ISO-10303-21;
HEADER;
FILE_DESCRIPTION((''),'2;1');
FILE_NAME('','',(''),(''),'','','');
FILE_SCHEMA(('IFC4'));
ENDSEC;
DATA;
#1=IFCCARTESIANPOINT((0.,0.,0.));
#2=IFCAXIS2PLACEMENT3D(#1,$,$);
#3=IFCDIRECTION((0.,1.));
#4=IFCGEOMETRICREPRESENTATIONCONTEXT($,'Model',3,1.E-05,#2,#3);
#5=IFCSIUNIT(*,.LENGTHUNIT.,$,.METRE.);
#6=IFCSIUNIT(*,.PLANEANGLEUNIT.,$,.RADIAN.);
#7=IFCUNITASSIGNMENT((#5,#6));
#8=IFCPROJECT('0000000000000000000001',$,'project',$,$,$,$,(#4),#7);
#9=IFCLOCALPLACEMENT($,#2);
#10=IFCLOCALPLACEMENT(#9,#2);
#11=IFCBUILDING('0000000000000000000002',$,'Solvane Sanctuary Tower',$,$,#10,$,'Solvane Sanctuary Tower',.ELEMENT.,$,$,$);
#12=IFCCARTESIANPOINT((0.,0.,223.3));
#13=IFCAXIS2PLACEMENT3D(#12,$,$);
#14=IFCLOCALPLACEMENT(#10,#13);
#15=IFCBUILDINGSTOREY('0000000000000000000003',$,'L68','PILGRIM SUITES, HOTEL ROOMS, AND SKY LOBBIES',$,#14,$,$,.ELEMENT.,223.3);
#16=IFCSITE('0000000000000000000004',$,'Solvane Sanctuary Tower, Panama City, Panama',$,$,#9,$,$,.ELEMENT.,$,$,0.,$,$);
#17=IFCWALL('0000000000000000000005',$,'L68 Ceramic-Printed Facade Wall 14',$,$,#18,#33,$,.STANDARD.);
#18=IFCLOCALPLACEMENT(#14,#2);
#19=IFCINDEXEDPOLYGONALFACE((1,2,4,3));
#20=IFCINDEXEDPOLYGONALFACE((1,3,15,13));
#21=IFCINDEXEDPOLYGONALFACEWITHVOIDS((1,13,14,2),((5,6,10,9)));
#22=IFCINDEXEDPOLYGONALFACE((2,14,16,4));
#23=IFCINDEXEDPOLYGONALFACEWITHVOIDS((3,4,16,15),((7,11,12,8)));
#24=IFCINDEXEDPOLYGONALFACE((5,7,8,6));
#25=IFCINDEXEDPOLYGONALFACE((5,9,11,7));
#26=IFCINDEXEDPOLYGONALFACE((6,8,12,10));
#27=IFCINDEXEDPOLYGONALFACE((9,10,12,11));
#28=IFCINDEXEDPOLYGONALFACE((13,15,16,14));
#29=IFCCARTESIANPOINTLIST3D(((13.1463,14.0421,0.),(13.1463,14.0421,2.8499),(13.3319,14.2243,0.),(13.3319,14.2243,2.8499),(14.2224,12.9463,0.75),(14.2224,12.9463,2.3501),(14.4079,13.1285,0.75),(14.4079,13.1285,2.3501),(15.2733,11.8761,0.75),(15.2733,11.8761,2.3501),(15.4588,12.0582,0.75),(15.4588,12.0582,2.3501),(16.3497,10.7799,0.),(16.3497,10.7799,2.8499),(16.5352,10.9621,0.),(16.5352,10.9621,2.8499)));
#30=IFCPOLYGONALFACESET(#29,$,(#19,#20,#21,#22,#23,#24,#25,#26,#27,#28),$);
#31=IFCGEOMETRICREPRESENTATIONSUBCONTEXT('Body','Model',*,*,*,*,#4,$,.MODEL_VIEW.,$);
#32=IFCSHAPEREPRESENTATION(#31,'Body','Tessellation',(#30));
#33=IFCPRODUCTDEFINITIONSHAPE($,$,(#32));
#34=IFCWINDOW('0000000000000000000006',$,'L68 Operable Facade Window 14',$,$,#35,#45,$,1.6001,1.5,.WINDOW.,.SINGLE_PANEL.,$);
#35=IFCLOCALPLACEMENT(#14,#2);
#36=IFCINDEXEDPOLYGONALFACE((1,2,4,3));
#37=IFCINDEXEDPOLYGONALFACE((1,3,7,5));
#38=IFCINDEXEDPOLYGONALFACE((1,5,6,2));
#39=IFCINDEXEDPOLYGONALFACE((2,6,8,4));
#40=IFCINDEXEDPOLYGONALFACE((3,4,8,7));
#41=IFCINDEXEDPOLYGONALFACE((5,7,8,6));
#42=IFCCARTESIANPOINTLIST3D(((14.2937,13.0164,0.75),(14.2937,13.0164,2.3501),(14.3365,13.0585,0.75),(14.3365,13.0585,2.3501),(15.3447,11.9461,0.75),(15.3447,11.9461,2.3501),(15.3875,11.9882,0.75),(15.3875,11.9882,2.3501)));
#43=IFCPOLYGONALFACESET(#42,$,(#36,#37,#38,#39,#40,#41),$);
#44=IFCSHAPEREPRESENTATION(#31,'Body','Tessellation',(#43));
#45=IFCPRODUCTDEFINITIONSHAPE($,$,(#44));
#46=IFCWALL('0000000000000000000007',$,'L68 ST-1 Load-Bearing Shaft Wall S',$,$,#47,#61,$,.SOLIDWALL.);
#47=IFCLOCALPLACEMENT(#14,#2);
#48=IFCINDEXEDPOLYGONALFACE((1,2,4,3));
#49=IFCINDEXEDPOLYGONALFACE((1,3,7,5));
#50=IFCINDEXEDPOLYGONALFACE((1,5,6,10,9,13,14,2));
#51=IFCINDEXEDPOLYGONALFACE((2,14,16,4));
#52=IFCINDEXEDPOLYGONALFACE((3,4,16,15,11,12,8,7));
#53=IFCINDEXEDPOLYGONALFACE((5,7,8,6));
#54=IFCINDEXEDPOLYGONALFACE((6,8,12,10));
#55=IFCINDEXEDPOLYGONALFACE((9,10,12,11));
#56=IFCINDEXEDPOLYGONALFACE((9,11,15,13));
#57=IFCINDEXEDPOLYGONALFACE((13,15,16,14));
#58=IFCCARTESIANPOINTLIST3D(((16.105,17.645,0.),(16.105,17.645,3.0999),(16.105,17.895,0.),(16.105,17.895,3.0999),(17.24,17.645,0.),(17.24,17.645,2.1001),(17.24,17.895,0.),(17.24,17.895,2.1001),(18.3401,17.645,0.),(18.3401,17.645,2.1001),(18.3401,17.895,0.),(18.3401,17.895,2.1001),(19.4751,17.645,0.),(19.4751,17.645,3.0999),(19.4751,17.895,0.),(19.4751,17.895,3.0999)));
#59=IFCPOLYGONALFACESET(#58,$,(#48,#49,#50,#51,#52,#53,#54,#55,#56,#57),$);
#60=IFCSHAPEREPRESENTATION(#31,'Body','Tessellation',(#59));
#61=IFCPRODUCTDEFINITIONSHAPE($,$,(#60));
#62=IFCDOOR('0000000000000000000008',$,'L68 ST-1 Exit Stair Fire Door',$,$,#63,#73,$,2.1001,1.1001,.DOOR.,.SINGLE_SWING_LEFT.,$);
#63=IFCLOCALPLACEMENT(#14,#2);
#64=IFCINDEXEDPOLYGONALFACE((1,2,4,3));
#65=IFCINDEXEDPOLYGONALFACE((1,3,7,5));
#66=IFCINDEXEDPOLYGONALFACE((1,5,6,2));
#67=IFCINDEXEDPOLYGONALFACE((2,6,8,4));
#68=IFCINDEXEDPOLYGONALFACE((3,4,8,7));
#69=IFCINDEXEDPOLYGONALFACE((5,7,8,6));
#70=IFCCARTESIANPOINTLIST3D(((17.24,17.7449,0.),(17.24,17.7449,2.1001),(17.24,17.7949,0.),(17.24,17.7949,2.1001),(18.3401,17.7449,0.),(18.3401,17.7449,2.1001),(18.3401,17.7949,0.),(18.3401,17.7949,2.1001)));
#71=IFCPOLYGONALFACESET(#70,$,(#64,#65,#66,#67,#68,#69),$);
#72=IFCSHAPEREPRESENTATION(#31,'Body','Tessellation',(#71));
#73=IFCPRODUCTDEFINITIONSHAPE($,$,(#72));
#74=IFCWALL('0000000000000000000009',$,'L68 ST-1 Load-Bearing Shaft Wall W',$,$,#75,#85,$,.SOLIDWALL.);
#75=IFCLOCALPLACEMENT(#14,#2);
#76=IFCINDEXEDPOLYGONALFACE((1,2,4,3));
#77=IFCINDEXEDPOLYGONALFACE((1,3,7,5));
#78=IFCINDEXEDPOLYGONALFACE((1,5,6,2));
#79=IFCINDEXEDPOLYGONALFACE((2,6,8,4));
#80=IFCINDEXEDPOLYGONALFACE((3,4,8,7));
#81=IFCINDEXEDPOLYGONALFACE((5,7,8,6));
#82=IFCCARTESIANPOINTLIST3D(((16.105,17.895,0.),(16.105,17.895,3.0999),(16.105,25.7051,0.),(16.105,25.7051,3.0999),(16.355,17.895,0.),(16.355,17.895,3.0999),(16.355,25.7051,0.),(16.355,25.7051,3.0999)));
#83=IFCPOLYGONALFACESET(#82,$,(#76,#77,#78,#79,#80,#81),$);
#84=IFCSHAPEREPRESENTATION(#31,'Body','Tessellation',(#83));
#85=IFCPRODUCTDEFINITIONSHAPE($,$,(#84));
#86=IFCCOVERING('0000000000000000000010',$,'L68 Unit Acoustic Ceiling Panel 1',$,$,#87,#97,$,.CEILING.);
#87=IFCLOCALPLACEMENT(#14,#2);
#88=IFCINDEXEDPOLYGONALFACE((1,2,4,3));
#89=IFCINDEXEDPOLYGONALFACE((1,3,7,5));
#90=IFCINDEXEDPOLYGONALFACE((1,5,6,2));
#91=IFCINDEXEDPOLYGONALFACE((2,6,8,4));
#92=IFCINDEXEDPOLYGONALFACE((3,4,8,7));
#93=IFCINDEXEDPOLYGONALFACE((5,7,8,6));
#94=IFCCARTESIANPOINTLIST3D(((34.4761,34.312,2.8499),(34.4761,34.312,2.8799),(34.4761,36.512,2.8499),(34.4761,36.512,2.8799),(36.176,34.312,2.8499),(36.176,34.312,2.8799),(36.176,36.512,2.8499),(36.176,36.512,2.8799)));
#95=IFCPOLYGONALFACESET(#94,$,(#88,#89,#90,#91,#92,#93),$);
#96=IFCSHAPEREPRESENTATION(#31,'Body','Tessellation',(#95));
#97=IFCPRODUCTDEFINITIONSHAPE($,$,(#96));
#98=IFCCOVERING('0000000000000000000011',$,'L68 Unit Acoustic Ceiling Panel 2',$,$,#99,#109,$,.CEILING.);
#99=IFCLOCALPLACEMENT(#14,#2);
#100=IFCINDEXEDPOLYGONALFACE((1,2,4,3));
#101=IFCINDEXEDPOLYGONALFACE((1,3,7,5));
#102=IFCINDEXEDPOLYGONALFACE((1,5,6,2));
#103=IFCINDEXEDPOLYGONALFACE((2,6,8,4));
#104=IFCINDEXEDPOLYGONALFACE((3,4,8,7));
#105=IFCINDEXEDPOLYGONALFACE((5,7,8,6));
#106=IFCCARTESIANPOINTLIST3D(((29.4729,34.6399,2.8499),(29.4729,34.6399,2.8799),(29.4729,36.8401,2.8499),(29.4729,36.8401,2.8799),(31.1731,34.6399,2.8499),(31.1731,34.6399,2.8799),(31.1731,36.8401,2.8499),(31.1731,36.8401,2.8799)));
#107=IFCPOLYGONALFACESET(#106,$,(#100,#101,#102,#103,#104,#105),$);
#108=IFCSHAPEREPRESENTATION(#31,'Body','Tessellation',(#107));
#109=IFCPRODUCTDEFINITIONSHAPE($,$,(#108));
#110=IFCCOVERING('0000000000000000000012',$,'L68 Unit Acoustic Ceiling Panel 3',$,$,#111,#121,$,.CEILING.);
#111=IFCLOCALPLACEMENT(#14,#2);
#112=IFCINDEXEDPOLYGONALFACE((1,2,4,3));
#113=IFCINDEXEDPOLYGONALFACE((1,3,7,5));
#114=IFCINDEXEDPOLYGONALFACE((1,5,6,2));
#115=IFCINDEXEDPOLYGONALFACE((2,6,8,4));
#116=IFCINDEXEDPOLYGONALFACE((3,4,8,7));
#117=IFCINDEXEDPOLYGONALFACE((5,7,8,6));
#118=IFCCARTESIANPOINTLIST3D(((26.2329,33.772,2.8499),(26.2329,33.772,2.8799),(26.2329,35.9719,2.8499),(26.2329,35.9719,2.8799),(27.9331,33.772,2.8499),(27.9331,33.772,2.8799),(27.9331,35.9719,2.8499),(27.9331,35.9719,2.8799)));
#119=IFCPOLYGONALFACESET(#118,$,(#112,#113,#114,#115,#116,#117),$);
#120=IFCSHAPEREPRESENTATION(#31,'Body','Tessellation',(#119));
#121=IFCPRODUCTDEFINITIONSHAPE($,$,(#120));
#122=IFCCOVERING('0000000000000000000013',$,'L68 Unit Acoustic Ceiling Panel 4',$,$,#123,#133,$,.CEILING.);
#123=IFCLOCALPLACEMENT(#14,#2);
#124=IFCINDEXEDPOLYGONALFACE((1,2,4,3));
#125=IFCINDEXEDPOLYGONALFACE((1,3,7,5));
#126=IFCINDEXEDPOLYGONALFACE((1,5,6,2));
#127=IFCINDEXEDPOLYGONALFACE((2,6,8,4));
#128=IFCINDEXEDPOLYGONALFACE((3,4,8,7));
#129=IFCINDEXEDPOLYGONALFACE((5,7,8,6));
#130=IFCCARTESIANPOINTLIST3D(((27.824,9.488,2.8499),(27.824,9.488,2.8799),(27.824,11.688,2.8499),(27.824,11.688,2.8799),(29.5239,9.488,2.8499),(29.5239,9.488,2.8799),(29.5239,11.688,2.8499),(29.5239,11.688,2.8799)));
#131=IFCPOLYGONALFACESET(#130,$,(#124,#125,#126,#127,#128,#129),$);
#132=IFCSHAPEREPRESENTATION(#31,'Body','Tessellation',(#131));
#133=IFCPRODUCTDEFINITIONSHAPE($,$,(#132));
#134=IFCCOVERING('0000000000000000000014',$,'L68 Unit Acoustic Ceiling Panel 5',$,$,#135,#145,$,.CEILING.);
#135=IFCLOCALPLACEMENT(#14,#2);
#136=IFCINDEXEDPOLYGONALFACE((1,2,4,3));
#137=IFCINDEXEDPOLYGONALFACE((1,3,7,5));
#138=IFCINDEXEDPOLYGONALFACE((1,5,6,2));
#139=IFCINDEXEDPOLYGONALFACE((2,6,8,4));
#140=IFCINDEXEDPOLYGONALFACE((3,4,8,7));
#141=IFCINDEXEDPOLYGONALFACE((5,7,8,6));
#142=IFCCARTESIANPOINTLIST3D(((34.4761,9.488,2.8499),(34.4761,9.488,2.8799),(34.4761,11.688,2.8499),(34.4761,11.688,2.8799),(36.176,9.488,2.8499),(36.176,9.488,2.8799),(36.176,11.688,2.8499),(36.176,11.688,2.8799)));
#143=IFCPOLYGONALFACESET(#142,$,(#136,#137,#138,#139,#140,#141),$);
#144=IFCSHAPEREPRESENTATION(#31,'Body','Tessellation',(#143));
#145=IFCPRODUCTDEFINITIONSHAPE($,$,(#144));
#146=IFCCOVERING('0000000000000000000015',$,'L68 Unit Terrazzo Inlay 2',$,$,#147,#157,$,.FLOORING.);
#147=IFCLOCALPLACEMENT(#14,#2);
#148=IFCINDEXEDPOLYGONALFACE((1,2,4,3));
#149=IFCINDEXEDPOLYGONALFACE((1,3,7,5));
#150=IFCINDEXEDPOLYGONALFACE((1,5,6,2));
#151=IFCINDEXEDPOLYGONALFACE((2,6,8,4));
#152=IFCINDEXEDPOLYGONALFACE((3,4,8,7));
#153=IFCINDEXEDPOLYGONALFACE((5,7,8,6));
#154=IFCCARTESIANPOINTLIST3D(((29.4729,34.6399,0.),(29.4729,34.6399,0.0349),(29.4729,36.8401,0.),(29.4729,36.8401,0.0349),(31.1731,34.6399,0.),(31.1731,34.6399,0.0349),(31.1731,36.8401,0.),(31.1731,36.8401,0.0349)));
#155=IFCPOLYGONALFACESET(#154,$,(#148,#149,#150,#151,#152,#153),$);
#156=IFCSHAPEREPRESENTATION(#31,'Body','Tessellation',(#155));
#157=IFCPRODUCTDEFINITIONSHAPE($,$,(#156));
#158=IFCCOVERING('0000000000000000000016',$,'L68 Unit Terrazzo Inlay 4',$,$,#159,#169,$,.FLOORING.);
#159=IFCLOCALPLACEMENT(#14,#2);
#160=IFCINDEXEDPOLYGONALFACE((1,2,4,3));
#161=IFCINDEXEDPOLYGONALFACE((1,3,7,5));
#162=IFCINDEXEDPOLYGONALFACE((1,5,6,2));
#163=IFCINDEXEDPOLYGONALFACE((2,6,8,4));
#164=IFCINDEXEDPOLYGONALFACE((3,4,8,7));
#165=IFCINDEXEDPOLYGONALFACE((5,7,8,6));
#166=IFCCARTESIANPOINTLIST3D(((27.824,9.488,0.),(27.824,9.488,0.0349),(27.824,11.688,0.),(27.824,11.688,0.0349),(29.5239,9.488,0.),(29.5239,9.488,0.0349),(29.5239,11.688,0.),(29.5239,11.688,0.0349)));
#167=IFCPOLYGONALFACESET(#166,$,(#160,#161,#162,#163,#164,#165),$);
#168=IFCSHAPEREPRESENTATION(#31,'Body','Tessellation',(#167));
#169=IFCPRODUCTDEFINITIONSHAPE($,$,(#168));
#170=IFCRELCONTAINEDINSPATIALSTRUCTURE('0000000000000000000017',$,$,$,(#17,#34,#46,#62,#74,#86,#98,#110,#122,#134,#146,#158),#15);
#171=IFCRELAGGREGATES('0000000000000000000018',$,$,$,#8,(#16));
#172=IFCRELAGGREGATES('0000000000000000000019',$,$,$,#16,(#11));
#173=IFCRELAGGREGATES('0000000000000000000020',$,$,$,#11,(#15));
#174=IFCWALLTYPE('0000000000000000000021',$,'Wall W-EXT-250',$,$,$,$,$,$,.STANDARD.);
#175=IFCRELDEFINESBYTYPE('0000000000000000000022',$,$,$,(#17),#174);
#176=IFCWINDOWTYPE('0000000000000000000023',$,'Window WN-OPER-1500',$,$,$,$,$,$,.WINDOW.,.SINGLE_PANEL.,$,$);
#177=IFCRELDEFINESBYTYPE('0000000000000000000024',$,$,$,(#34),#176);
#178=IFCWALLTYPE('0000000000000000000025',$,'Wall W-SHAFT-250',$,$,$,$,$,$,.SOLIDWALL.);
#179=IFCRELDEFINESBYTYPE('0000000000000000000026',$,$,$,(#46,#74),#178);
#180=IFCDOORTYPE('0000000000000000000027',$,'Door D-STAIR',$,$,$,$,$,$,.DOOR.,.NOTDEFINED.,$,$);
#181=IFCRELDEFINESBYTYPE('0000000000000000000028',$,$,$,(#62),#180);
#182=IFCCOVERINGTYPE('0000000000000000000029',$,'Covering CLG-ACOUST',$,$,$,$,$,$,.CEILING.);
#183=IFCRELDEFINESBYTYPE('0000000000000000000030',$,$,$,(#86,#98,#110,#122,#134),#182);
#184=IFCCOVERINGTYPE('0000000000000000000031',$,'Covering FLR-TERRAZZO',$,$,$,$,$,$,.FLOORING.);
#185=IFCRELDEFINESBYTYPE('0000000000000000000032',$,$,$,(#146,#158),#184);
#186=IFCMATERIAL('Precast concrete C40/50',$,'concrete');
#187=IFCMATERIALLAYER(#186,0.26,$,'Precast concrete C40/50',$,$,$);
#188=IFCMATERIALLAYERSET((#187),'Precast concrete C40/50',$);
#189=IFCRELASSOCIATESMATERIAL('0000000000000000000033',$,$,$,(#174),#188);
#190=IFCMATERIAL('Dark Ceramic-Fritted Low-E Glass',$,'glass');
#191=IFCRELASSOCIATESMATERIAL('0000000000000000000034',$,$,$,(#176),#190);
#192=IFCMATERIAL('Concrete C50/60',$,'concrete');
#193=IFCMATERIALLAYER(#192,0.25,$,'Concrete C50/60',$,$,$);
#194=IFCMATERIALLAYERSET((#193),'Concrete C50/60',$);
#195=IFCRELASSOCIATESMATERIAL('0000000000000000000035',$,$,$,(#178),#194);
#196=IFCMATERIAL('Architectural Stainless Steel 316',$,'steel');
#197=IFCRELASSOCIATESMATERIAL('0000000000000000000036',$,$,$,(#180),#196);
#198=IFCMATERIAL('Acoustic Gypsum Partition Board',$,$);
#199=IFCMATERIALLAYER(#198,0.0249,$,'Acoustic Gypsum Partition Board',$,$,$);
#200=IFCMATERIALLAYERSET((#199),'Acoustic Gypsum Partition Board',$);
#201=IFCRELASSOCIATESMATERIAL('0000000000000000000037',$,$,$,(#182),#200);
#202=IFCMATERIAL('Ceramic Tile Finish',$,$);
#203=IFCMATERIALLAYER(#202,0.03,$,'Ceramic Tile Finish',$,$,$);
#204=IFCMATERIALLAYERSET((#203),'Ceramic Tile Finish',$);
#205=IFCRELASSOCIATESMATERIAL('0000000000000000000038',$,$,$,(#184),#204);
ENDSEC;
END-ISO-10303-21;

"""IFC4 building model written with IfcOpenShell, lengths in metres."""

from ifc_helpers import new_model, si_unit, direction, frame, frame_2d, origin, place, context, subcontext, project, spatial, polyline, rectangle, outline, extrude, material, layer, layer_set, type_object, element, fill, save


model = new_model("IFC4")

# Units and contexts
model_context = context("Model", 3, precision=1e-05, world=origin(), true_north=direction((0.0, 1.0)))
body_context = subcontext(model_context, "Body", "Model", "MODEL_VIEW")
ifc_project = project(units=[si_unit("LENGTHUNIT", "METRE"), si_unit("PLANEANGLEUNIT", "RADIAN")], contexts=[model_context])

# Site, building, storey
site_placement = place(None, origin())
site = spatial("IfcSite", under=ifc_project, at=site_placement, Name="Solvane Sanctuary Tower, Panama City, Panama", CompositionType="ELEMENT", RefElevation=0.0)
building_placement = place(site_placement, origin())
building = spatial("IfcBuilding", under=site, at=building_placement, Name="Solvane Sanctuary Tower", LongName="Solvane Sanctuary Tower", CompositionType="ELEMENT")
storey_placement = place(building_placement, frame((0.0, 0.0, 223.3)))
storey = spatial("IfcBuildingStorey", under=building, at=storey_placement, Name="L68", Description="PILGRIM SUITES, HOTEL ROOMS, AND SKY LOBBIES", CompositionType="ELEMENT", Elevation=223.3)

# Shared definitions
ifc_material_1 = material(Name="Concrete C50/60", Category="concrete")

# Shared definitions
ifc_material_2 = material(Name="Acoustic Gypsum Partition Board")

# Wall, opening, window
ifc_material_3 = material(Name="Precast concrete C40/50", Category="concrete")
ifc_layer_1 = layer(ifc_material_3, 0.26, Name="Precast concrete C40/50")
ifc_layer_set_1 = layer_set([ifc_layer_1], Name="Precast concrete C40/50")
wall_type_1 = type_object("IfcWallType", Name="Wall W-EXT-250", PredefinedType="STANDARD", material=ifc_layer_set_1)
ifc_material_4 = material(Name="Dark Ceramic-Fritted Low-E Glass", Category="glass")
window_type = type_object("IfcWindowType", Name="Window WN-OPER-1500", PartitioningType="SINGLE_PANEL", PredefinedType="WINDOW", material=ifc_material_4)
wall_1_placement = place(storey_placement, frame((13.239, 14.1333, 0.0), z_axis=(0.0, 0.0, 1.0), x_axis=(0.700643, -0.713512, 0.0)))
wall_1 = element("IfcWall", 1, at=wall_1_placement, inside=storey, type_object=wall_type_1, Name="L68 Ceramic-Printed Facade Wall 14", PredefinedType="STANDARD", context=body_context, shape_type="SweptSolid", body=[
    extrude(rectangle(XDim=4.572, YDim=0.26, at=frame_2d((2.2861, 0.0))), origin(), (0.0, 0.0, 1.0), 2.8499),
])
opening_1_placement = place(wall_1_placement, frame((1.5359, 0.0, 0.75)))
opening_1 = element("IfcOpeningElement", 2, at=opening_1_placement, cuts=wall_1, PredefinedType="OPENING", context=body_context, shape_type="SweptSolid", body=[
    extrude(rectangle(XDim=1.5, YDim=1.6001, at=frame_2d((0.75, 0.8))), frame((0.0, 0.1399, 0.0), z_axis=(0.0, -1.0, 0.0), x_axis=(1.0, 0.0, 0.0)), (0.0, 0.0, 1.0), 0.28),
])
window_1_placement = place(opening_1_placement, origin())
window_1 = element("IfcWindow", 3, at=window_1_placement, inside=storey, type_object=window_type, Name="L68 Operable Facade Window 14", OverallHeight=1.6001, OverallWidth=1.5, PartitioningType="SINGLE_PANEL", PredefinedType="WINDOW", context=body_context, shape_type="SweptSolid", body=[
    extrude(rectangle(XDim=1.5, YDim=1.6001, at=frame_2d((0.75, 0.8))), frame((0.0, 0.03, 0.0), z_axis=(0.0, -1.0, 0.0), x_axis=(1.0, 0.0, 0.0)), (0.0, 0.0, 1.0), 0.0601),
])
fill(opening_1, window_1)

# Wall, opening, door
ifc_layer_2 = layer(ifc_material_1, 0.25, Name="Concrete C50/60")
ifc_layer_set_2 = layer_set([ifc_layer_2], Name="Concrete C50/60")
wall_type_2 = type_object("IfcWallType", Name="Wall W-SHAFT-250", PredefinedType="SOLIDWALL", material=ifc_layer_set_2)
wall_2_placement = place(storey_placement, frame((16.105, 17.77, 0.0), z_axis=(0.0, 0.0, 1.0), x_axis=(1.0, 0.0, 0.0)))
wall_2 = element("IfcWall", 4, at=wall_2_placement, inside=storey, type_object=wall_type_2, Name="L68 ST-1 Load-Bearing Shaft Wall S", PredefinedType="SOLIDWALL", context=body_context, shape_type="SweptSolid", body=[
    extrude(rectangle(XDim=3.3701, YDim=0.25, at=frame_2d((1.6851, 0.0))), origin(), (0.0, 0.0, 1.0), 3.0999),
])
opening_2_placement = place(wall_2_placement, frame((1.135, 0.0, 0.0)))
opening_2 = element("IfcOpeningElement", 5, at=opening_2_placement, cuts=wall_2, PredefinedType="OPENING", context=body_context, shape_type="SweptSolid", body=[
    extrude(rectangle(XDim=1.1001, YDim=2.1001, at=frame_2d((0.55, 1.05))), frame((0.0, 0.135, 0.0), z_axis=(0.0, -1.0, 0.0), x_axis=(1.0, 0.0, 0.0)), (0.0, 0.0, 1.0), 0.27),
])
ifc_material_5 = material(Name="Architectural Stainless Steel 316", Category="steel")
door_type_1 = type_object("IfcDoorType", Name="Door D-STAIR", OperationType="NOTDEFINED", PredefinedType="DOOR", material=ifc_material_5)
door_1_placement = place(opening_2_placement, origin())
door_1 = element("IfcDoor", 6, at=door_1_placement, inside=storey, type_object=door_type_1, Name="L68 ST-1 Exit Stair Fire Door", OperationType="SINGLE_SWING_LEFT", OverallHeight=2.1001, OverallWidth=1.1001, PredefinedType="DOOR", context=body_context, shape_type="SweptSolid", body=[
    extrude(rectangle(XDim=1.1001, YDim=2.1001, at=frame_2d((0.55, 1.05))), frame((0.0, 0.0249, 0.0), z_axis=(0.0, -1.0, 0.0), x_axis=(1.0, 0.0, 0.0)), (0.0, 0.0, 1.0), 0.05),
])
fill(opening_2, door_1)

# Wall
wall_3_placement = place(storey_placement, frame((16.23, 17.895, 0.0), z_axis=(0.0, 0.0, 1.0), x_axis=(0.0, 1.0, 0.0)))
element("IfcWall", 7, at=wall_3_placement, inside=storey, type_object=wall_type_2, Name="L68 ST-1 Load-Bearing Shaft Wall W", PredefinedType="SOLIDWALL", context=body_context, shape_type="SweptSolid", body=[
    extrude(rectangle(XDim=7.8101, YDim=0.25, at=frame_2d((3.905, 0.0))), origin(), (0.0, 0.0, 1.0), 3.0999),
])

# Coverings
ifc_layer_3 = layer(ifc_material_2, 0.0249, Name="Acoustic Gypsum Partition Board")
ifc_layer_set_3 = layer_set([ifc_layer_3], Name="Acoustic Gypsum Partition Board")
covering_type_1 = type_object("IfcCoveringType", Name="Covering CLG-ACOUST", PredefinedType="CEILING", material=ifc_layer_set_3)
covering_1_placement = place(storey_placement, frame((0.0, 0.0, 2.8499)))
element("IfcCovering", 8, at=covering_1_placement, inside=storey, type_object=covering_type_1, Name="L68 Unit Acoustic Ceiling Panel 1", PredefinedType="CEILING", context=body_context, shape_type="SweptSolid", body=[
    extrude(outline(polyline([(34.4761, 34.312), (36.176, 34.312), (36.176, 36.512), (34.4761, 36.512), (34.4761, 34.312)])), origin(), (0.0, 0.0, 1.0), 0.03),
])
covering_2_placement = place(storey_placement, frame((0.0, 0.0, 2.8499)))
element("IfcCovering", 9, at=covering_2_placement, inside=storey, type_object=covering_type_1, Name="L68 Unit Acoustic Ceiling Panel 2", PredefinedType="CEILING", context=body_context, shape_type="SweptSolid", body=[
    extrude(outline(polyline([(29.4729, 34.6399), (31.1731, 34.6399), (31.1731, 36.8401), (29.4729, 36.8401), (29.4729, 34.6399)])), origin(), (0.0, 0.0, 1.0), 0.03),
])
covering_3_placement = place(storey_placement, frame((0.0, 0.0, 2.8499)))
element("IfcCovering", 10, at=covering_3_placement, inside=storey, type_object=covering_type_1, Name="L68 Unit Acoustic Ceiling Panel 3", PredefinedType="CEILING", context=body_context, shape_type="SweptSolid", body=[
    extrude(outline(polyline([(26.2329, 33.772), (27.9331, 33.772), (27.9331, 35.9719), (26.2329, 35.9719), (26.2329, 33.772)])), origin(), (0.0, 0.0, 1.0), 0.03),
])
covering_4_placement = place(storey_placement, frame((0.0, 0.0, 2.8499)))
element("IfcCovering", 11, at=covering_4_placement, inside=storey, type_object=covering_type_1, Name="L68 Unit Acoustic Ceiling Panel 4", PredefinedType="CEILING", context=body_context, shape_type="SweptSolid", body=[
    extrude(outline(polyline([(27.824, 9.488), (29.5239, 9.488), (29.5239, 11.688), (27.824, 11.688), (27.824, 9.488)])), origin(), (0.0, 0.0, 1.0), 0.03),
])
covering_5_placement = place(storey_placement, frame((0.0, 0.0, 2.8499)))
element("IfcCovering", 12, at=covering_5_placement, inside=storey, type_object=covering_type_1, Name="L68 Unit Acoustic Ceiling Panel 5", PredefinedType="CEILING", context=body_context, shape_type="SweptSolid", body=[
    extrude(outline(polyline([(34.4761, 9.488), (36.176, 9.488), (36.176, 11.688), (34.4761, 11.688), (34.4761, 9.488)])), origin(), (0.0, 0.0, 1.0), 0.03),
])
ifc_material_6 = material(Name="Ceramic Tile Finish")
ifc_layer_4 = layer(ifc_material_6, 0.03, Name="Ceramic Tile Finish")
ifc_layer_set_4 = layer_set([ifc_layer_4], Name="Ceramic Tile Finish")
covering_type_2 = type_object("IfcCoveringType", Name="Covering FLR-TERRAZZO", PredefinedType="FLOORING", material=ifc_layer_set_4)
covering_6_placement = place(storey_placement, origin())
element("IfcCovering", 13, at=covering_6_placement, inside=storey, type_object=covering_type_2, Name="L68 Unit Terrazzo Inlay 2", PredefinedType="FLOORING", context=body_context, shape_type="SweptSolid", body=[
    extrude(outline(polyline([(29.4729, 34.6399), (31.1731, 34.6399), (31.1731, 36.8401), (29.4729, 36.8401), (29.4729, 34.6399)])), origin(), (0.0, 0.0, 1.0), 0.0349),
])
covering_7_placement = place(storey_placement, origin())
element("IfcCovering", 14, at=covering_7_placement, inside=storey, type_object=covering_type_2, Name="L68 Unit Terrazzo Inlay 4", PredefinedType="FLOORING", context=body_context, shape_type="SweptSolid", body=[
    extrude(outline(polyline([(27.824, 9.488), (29.5239, 9.488), (29.5239, 11.688), (27.824, 11.688), (27.824, 9.488)])), origin(), (0.0, 0.0, 1.0), 0.0349),
])

save(model, "model.ifc")
